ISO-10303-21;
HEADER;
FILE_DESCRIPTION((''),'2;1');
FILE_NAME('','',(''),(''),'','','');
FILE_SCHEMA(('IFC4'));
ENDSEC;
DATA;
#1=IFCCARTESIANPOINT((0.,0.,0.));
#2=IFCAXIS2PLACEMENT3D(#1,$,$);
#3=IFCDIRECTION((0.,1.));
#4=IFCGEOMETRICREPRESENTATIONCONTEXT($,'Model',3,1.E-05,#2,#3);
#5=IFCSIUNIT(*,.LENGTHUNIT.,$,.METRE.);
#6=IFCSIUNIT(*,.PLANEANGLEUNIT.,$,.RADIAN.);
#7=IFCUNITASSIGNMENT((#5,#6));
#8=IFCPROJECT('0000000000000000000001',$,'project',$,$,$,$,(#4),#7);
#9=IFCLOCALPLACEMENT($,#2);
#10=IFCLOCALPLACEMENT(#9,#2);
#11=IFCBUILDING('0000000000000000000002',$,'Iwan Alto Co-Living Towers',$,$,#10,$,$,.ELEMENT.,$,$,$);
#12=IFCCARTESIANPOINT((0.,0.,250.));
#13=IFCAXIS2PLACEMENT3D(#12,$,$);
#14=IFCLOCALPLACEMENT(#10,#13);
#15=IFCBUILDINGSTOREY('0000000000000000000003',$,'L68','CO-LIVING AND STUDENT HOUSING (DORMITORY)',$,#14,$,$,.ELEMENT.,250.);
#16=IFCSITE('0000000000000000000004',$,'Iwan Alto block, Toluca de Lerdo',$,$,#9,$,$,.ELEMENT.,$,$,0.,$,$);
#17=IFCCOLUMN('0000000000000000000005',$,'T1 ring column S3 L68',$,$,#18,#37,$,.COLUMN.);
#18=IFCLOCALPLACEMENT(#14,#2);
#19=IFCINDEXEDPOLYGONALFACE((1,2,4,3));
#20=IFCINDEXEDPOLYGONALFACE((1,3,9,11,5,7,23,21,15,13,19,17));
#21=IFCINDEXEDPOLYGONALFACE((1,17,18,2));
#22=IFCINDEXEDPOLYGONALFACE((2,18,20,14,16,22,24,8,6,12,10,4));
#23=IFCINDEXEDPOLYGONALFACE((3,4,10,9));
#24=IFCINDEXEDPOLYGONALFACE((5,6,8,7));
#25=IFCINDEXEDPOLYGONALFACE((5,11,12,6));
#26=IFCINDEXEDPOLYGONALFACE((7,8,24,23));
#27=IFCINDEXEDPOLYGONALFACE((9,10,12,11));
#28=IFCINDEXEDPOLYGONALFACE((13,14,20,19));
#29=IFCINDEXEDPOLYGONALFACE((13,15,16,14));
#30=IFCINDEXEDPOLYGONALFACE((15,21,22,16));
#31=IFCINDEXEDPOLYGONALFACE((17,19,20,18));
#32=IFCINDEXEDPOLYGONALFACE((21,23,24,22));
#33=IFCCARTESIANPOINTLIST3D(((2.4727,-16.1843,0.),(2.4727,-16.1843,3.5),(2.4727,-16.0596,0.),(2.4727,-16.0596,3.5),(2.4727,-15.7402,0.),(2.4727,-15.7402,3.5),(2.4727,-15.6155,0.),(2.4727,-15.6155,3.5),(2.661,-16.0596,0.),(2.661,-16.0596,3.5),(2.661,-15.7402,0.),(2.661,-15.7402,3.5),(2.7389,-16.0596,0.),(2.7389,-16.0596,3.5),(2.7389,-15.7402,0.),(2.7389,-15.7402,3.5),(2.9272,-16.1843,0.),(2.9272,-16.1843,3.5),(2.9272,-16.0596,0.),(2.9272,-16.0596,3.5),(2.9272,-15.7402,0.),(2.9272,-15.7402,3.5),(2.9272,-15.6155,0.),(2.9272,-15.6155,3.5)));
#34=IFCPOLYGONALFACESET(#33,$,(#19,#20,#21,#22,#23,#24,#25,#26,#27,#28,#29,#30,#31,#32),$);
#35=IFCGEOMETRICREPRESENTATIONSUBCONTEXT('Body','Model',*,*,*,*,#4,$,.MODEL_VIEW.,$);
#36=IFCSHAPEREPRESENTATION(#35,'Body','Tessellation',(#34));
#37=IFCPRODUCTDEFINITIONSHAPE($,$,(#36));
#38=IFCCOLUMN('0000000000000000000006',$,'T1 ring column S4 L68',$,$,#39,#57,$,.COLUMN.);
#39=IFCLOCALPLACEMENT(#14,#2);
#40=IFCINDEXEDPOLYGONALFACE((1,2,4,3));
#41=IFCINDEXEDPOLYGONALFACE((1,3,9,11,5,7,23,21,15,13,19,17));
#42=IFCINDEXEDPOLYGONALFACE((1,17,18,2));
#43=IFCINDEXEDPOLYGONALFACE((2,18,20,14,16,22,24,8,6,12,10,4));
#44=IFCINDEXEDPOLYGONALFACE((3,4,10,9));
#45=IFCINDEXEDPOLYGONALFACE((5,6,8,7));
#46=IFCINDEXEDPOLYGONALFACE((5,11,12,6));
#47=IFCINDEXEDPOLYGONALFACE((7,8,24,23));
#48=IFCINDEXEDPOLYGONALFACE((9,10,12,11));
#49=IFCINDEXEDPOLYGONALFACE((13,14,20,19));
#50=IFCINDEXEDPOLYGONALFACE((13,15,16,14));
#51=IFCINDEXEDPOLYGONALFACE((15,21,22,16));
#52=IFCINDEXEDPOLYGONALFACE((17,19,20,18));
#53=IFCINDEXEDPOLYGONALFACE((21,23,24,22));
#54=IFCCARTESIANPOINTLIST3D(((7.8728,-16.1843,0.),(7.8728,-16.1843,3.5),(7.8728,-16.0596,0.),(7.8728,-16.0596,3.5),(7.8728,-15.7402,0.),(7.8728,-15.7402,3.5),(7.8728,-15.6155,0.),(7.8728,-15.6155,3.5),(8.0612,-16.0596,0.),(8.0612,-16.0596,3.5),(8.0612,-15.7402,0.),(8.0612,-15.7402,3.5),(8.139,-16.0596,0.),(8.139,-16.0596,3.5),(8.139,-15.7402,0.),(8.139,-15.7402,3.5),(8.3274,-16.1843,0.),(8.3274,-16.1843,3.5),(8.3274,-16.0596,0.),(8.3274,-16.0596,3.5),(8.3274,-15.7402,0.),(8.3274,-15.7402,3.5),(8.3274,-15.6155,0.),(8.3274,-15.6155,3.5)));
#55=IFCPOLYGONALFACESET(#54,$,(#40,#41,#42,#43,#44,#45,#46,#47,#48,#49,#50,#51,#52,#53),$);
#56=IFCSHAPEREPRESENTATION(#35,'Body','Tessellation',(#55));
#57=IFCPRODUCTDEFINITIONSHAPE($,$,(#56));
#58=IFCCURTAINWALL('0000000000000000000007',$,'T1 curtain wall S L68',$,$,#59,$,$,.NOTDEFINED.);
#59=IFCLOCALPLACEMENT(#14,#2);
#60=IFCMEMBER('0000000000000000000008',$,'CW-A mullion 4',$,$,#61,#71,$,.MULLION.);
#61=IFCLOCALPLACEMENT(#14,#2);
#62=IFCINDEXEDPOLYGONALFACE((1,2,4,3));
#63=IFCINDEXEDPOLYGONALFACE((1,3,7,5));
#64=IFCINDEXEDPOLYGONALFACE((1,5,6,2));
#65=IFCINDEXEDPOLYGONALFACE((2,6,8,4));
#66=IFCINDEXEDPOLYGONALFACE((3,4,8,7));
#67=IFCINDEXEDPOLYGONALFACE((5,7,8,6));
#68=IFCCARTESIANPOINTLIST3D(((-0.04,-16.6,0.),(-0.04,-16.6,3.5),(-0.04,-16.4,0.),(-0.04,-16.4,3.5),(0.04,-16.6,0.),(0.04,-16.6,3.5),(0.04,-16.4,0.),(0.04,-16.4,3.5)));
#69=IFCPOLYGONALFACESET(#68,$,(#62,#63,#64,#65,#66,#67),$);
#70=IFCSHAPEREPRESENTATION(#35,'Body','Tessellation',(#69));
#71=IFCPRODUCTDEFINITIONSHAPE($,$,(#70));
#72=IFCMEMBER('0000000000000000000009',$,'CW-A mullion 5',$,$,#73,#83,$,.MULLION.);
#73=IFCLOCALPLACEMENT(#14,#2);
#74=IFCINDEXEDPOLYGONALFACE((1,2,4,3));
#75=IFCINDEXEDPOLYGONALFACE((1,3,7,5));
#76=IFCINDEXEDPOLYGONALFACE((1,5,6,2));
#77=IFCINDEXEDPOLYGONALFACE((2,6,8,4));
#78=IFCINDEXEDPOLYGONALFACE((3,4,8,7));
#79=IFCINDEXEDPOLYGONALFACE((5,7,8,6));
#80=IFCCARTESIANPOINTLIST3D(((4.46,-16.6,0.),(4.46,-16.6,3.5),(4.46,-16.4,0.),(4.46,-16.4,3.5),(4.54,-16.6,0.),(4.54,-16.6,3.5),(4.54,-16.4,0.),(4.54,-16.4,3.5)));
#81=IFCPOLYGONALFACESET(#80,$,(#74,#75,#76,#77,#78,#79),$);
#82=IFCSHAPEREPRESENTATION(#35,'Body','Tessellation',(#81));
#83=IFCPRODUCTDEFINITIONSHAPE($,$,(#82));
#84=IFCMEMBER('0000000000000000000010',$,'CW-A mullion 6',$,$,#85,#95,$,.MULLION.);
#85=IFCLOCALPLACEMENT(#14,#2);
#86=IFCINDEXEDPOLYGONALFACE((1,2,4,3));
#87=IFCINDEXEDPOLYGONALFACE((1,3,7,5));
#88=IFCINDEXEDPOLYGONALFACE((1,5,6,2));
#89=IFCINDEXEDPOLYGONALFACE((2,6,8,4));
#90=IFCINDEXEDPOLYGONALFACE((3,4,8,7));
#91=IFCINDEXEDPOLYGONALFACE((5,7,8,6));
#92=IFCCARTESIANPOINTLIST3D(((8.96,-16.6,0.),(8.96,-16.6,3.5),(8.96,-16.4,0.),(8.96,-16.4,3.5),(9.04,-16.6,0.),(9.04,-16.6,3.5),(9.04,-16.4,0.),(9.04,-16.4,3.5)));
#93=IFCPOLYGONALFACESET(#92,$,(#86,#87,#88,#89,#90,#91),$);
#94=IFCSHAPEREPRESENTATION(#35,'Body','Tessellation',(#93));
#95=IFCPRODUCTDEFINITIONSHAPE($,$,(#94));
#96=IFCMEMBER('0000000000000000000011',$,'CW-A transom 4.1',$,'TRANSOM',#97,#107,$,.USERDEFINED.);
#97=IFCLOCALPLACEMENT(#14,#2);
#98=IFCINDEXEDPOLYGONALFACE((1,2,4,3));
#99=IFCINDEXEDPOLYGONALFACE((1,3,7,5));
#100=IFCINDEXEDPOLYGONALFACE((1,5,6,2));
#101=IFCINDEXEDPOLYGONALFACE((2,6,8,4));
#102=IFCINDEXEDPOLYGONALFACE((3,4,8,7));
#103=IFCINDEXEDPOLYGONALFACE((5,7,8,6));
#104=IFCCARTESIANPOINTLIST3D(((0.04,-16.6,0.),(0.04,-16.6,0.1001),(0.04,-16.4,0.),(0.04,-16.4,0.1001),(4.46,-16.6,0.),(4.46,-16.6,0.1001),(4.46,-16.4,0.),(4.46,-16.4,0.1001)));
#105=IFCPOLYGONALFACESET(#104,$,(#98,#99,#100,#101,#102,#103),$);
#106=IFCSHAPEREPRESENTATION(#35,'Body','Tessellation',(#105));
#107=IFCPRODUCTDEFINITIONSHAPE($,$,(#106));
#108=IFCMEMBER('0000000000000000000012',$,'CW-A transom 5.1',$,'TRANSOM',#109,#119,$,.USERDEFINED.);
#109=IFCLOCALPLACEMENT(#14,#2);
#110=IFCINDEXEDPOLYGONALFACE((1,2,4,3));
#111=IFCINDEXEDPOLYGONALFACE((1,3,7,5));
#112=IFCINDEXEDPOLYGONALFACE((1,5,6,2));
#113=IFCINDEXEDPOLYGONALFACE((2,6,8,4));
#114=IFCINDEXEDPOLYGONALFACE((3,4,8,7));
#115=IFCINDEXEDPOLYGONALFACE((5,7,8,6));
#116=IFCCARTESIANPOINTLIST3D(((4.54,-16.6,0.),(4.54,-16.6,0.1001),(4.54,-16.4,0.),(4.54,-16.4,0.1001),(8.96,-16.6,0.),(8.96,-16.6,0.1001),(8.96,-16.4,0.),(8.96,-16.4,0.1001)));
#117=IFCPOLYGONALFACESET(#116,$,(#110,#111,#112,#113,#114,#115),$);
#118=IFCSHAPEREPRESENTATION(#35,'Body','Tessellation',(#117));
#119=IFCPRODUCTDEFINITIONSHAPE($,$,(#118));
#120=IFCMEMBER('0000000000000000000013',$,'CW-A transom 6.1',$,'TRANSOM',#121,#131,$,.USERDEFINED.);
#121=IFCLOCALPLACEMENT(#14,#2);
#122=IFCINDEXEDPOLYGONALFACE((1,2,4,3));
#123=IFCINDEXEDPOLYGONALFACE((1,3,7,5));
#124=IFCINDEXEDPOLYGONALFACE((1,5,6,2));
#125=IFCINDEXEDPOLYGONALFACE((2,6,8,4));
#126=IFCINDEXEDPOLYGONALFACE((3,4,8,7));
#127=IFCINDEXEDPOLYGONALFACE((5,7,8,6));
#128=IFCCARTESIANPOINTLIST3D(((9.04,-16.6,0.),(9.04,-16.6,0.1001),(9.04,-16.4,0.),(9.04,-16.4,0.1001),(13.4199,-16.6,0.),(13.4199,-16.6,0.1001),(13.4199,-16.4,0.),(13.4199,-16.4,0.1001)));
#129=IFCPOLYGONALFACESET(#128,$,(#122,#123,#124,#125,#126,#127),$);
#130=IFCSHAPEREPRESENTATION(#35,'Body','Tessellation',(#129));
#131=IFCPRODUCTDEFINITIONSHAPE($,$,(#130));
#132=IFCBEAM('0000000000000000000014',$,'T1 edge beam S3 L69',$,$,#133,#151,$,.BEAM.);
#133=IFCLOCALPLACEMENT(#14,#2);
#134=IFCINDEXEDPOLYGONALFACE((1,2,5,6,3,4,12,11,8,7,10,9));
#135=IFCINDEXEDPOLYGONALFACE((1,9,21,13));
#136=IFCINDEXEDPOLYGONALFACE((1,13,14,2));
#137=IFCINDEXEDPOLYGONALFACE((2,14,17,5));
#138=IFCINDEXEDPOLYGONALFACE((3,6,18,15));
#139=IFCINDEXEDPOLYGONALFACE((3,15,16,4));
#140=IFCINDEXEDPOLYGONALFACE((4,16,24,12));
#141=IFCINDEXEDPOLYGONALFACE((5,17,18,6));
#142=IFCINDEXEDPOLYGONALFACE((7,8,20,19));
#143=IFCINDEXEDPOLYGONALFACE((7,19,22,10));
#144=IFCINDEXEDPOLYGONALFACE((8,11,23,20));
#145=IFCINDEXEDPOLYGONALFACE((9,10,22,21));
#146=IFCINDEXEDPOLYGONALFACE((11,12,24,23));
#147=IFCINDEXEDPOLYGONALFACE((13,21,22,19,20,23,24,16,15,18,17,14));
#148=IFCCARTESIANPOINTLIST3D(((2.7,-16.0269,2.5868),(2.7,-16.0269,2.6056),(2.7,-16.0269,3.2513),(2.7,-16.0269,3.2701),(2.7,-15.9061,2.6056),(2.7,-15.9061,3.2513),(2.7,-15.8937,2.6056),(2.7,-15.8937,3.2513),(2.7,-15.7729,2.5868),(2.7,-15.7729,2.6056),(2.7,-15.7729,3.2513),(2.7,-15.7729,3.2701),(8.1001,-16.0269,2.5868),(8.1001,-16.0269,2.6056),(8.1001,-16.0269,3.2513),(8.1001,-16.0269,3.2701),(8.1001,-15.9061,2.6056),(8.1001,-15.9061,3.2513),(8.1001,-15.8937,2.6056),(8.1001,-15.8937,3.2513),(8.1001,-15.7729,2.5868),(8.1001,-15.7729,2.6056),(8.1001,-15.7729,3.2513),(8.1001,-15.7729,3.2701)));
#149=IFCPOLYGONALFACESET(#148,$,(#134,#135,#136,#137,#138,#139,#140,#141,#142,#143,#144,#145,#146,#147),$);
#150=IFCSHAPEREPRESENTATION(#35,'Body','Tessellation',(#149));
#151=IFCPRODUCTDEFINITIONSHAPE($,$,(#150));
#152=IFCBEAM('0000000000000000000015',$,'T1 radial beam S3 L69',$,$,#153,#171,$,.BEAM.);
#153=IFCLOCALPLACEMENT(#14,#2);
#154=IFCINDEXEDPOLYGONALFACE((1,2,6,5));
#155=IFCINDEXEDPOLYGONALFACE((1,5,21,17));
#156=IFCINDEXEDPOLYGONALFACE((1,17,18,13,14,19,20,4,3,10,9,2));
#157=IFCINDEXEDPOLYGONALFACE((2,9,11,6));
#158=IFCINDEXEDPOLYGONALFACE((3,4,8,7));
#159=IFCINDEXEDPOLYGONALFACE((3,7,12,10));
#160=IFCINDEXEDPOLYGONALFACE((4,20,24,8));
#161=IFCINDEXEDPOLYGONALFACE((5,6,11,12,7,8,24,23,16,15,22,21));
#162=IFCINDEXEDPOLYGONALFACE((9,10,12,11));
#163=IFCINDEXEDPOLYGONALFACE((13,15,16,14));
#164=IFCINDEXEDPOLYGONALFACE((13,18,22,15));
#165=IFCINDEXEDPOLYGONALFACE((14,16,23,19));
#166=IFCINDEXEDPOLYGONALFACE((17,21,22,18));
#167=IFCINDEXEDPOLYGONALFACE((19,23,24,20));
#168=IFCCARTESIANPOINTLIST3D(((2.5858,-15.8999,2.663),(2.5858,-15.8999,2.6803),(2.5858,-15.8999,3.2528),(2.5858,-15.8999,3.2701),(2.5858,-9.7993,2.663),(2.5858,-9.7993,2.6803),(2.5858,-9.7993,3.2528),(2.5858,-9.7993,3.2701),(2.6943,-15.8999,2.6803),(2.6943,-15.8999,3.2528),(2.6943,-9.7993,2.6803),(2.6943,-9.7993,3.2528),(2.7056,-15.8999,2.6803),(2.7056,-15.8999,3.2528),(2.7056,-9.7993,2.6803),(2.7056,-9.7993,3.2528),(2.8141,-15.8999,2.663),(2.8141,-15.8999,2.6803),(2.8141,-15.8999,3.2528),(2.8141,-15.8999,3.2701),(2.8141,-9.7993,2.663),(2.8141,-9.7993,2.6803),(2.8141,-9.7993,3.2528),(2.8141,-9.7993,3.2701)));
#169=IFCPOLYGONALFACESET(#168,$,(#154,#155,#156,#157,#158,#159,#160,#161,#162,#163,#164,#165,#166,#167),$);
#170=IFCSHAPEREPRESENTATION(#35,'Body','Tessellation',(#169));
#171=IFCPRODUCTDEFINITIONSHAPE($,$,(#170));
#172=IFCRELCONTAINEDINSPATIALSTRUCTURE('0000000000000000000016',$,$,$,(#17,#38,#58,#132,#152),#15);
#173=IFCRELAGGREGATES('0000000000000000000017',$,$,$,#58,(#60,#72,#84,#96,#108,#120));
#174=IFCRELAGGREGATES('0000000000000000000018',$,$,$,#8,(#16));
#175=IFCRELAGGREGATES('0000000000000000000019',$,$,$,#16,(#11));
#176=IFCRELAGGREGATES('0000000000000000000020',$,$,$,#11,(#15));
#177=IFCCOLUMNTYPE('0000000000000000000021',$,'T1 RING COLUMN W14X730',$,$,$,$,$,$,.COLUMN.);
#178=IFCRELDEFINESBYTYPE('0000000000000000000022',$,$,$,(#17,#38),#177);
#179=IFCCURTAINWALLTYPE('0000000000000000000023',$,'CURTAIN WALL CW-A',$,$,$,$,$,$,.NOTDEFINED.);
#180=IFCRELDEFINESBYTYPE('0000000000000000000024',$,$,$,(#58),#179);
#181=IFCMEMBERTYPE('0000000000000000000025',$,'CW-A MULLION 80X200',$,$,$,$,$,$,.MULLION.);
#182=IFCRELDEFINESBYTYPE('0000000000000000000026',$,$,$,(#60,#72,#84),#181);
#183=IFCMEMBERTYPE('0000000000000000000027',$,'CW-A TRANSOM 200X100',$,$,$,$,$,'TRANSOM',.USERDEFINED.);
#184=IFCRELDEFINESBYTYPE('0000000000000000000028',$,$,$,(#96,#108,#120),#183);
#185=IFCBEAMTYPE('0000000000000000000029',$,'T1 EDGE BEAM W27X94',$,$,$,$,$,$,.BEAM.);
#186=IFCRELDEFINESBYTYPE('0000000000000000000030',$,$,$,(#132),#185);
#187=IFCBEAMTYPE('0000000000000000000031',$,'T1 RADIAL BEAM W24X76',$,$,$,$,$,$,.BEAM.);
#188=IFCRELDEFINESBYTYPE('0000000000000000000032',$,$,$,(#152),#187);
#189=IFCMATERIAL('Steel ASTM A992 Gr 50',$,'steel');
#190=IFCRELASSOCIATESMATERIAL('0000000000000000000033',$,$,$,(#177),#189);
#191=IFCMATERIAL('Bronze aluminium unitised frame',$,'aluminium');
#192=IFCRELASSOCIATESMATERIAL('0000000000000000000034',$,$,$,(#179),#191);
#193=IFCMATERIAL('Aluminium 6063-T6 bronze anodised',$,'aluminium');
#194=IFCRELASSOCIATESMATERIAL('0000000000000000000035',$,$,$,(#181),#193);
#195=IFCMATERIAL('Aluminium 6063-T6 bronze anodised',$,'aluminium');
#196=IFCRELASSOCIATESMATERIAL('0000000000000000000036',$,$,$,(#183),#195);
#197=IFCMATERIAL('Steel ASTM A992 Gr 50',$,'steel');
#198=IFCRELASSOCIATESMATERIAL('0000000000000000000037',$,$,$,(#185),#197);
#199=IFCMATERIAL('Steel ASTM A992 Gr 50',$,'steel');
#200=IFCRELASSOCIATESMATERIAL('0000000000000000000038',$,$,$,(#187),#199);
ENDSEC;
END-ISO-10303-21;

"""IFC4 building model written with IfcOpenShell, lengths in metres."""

from ifc_helpers import new_model, si_unit, direction, frame, origin, origin_2d, place, context, subcontext, project, spatial, rectangle, i_section, extrude, material, material_profile, profile_set, type_object, element, aggregate, save


model = new_model("IFC4")

# Units and contexts
model_context = context("Model", 3, precision=1e-05, world=origin(), true_north=direction((0.0, 1.0)))
body_context = subcontext(model_context, "Body", "Model", "MODEL_VIEW")
ifc_project = project(units=[si_unit("LENGTHUNIT", "METRE"), si_unit("PLANEANGLEUNIT", "RADIAN")], contexts=[model_context])

# Site, building, storey
site_placement = place(None, origin())
site = spatial("IfcSite", under=ifc_project, at=site_placement, Name="Iwan Alto block, Toluca de Lerdo", CompositionType="ELEMENT", RefElevation=0.0)
building_placement = place(site_placement, origin())
building = spatial("IfcBuilding", under=site, at=building_placement, Name="Iwan Alto Co-Living Towers", CompositionType="ELEMENT")
storey_placement = place(building_placement, frame((0.0, 0.0, 250.0)))
storey = spatial("IfcBuildingStorey", under=building, at=storey_placement, Name="L68", Description="CO-LIVING AND STUDENT HOUSING (DORMITORY)", CompositionType="ELEMENT", Elevation=250.0)

# Columns
ifc_material_1 = material(Name="Steel ASTM A992 Gr 50", Category="steel")
ifc_material_profile_1 = material_profile(ifc_material_1, i_section(OverallWidth=0.4546, OverallDepth=0.5688, WebThickness=0.0779, FlangeThickness=0.1248, at=origin_2d()), Name="W14X730")
ifc_profile_set_1 = profile_set([ifc_material_profile_1], Name="Steel ASTM A992 Gr 50")
column_type = type_object("IfcColumnType", Name="T1 RING COLUMN W14X730", PredefinedType="COLUMN", material=ifc_profile_set_1)
for number, where, z_axis, x_axis, name in (
    (1, (2.7, -15.8999, 0.0), (0.0, 0.0, 1.0), (1.0, 0.0, 0.0), "T1 ring column S3 L68"),
    (2, (8.1001, -15.8999, 0.0), (0.0, 0.0, 1.0), (1.0, 0.0, 0.0), "T1 ring column S4 L68"),
):
    element("IfcColumn", number, at=place(storey_placement, frame(where, z_axis=z_axis, x_axis=x_axis)), inside=storey, type_object=column_type, Name=name, PredefinedType="COLUMN", context=body_context, shape_type="SweptSolid", body=[
        extrude(i_section(OverallWidth=0.4546, OverallDepth=0.5688, WebThickness=0.0779, FlangeThickness=0.1248, at=origin_2d()), origin(), (0.0, 0.0, 1.0), 3.5),
    ])

# Curtain wall, members
ifc_material_2 = material(Name="Bronze aluminium unitised frame", Category="aluminium")
curtain_wall_type = type_object("IfcCurtainWallType", Name="CURTAIN WALL CW-A", PredefinedType="NOTDEFINED", material=ifc_material_2)
curtain_wall_placement = place(storey_placement, origin())
curtain_wall = element("IfcCurtainWall", 3, at=curtain_wall_placement, inside=storey, type_object=curtain_wall_type, Name="T1 curtain wall S L68", PredefinedType="NOTDEFINED")
ifc_material_3 = material(Name="Aluminium 6063-T6 bronze anodised", Category="aluminium")
ifc_material_profile_2 = material_profile(ifc_material_3, rectangle(XDim=0.2, YDim=0.0801, at=origin_2d()), Name="AL 80X200")
ifc_profile_set_2 = profile_set([ifc_material_profile_2], Name="Aluminium 6063-T6 bronze anodised")
member_type_1 = type_object("IfcMemberType", Name="CW-A MULLION 80X200", PredefinedType="MULLION", material=ifc_profile_set_2)
member_1_placement = place(storey_placement, frame((0.0, -16.5, 0.0), z_axis=(0.0, 0.0, 1.0), x_axis=(0.0, 1.0, 0.0)))
member_1 = element("IfcMember", 4, at=member_1_placement, type_object=member_type_1, Name="CW-A mullion 4", PredefinedType="MULLION", context=body_context, shape_type="SweptSolid", body=[
    extrude(rectangle(XDim=0.2, YDim=0.0801, at=origin_2d()), origin(), (0.0, 0.0, 1.0), 3.5),
])
member_2_placement = place(storey_placement, frame((4.5, -16.5, 0.0), z_axis=(0.0, 0.0, 1.0), x_axis=(0.0, 1.0, 0.0)))
member_2 = element("IfcMember", 5, at=member_2_placement, type_object=member_type_1, Name="CW-A mullion 5", PredefinedType="MULLION", context=body_context, shape_type="SweptSolid", body=[
    extrude(rectangle(XDim=0.2, YDim=0.0801, at=origin_2d()), origin(), (0.0, 0.0, 1.0), 3.5),
])
member_3_placement = place(storey_placement, frame((9.0, -16.5, 0.0), z_axis=(0.0, 0.0, 1.0), x_axis=(0.0, 1.0, 0.0)))
member_3 = element("IfcMember", 6, at=member_3_placement, type_object=member_type_1, Name="CW-A mullion 6", PredefinedType="MULLION", context=body_context, shape_type="SweptSolid", body=[
    extrude(rectangle(XDim=0.2, YDim=0.0801, at=origin_2d()), origin(), (0.0, 0.0, 1.0), 3.5),
])
ifc_material_4 = material(Name="Aluminium 6063-T6 bronze anodised", Category="aluminium")
ifc_material_profile_3 = material_profile(ifc_material_4, rectangle(XDim=0.2, YDim=0.1001, at=origin_2d()), Name="AL 200X100")
ifc_profile_set_3 = profile_set([ifc_material_profile_3], Name="Aluminium 6063-T6 bronze anodised")
member_type_2 = type_object("IfcMemberType", Name="CW-A TRANSOM 200X100", ElementType="TRANSOM", PredefinedType="USERDEFINED", material=ifc_profile_set_3)
member_4_placement = place(storey_placement, frame((0.04, -16.5, 0.05), z_axis=(1.0, 0.0, 0.0), x_axis=(0.0, 1.0, 0.0)))
member_4 = element("IfcMember", 7, at=member_4_placement, type_object=member_type_2, Name="CW-A transom 4.1", ObjectType="TRANSOM", PredefinedType="USERDEFINED", context=body_context, shape_type="SweptSolid", body=[
    extrude(rectangle(XDim=0.2, YDim=0.1001, at=origin_2d()), origin(), (0.0, 0.0, 1.0), 4.4199),
])
member_5_placement = place(storey_placement, frame((4.54, -16.5, 0.05), z_axis=(1.0, 0.0, 0.0), x_axis=(0.0, 1.0, 0.0)))
member_5 = element("IfcMember", 8, at=member_5_placement, type_object=member_type_2, Name="CW-A transom 5.1", ObjectType="TRANSOM", PredefinedType="USERDEFINED", context=body_context, shape_type="SweptSolid", body=[
    extrude(rectangle(XDim=0.2, YDim=0.1001, at=origin_2d()), origin(), (0.0, 0.0, 1.0), 4.4199),
])
member_6_placement = place(storey_placement, frame((9.04, -16.5, 0.05), z_axis=(1.0, 0.0, 0.0), x_axis=(0.0, 1.0, 0.0)))
member_6 = element("IfcMember", 9, at=member_6_placement, type_object=member_type_2, Name="CW-A transom 6.1", ObjectType="TRANSOM", PredefinedType="USERDEFINED", context=body_context, shape_type="SweptSolid", body=[
    extrude(rectangle(XDim=0.2, YDim=0.1001, at=origin_2d()), origin(), (0.0, 0.0, 1.0), 4.3799),
])

# Beams
ifc_material_5 = material(Name="Steel ASTM A992 Gr 50", Category="steel")
ifc_material_profile_4 = material_profile(ifc_material_5, i_section(OverallWidth=0.2539, OverallDepth=0.6833, WebThickness=0.0125, FlangeThickness=0.0188, at=origin_2d()), Name="W27X94")
ifc_profile_set_4 = profile_set([ifc_material_profile_4], Name="Steel ASTM A992 Gr 50")
beam_type_1 = type_object("IfcBeamType", Name="T1 EDGE BEAM W27X94", PredefinedType="BEAM", material=ifc_profile_set_4)
beam_1_placement = place(storey_placement, frame((2.7, -15.8999, 2.9285), z_axis=(1.0, 0.0, 0.0), x_axis=(0.0, 1.0, 0.0)))
element("IfcBeam", 10, at=beam_1_placement, inside=storey, type_object=beam_type_1, Name="T1 edge beam S3 L69", PredefinedType="BEAM", context=body_context, shape_type="SweptSolid", body=[
    extrude(i_section(OverallWidth=0.2539, OverallDepth=0.6833, WebThickness=0.0125, FlangeThickness=0.0188, at=origin_2d()), origin(), (0.0, 0.0, 1.0), 5.4001),
])
ifc_material_6 = material(Name="Steel ASTM A992 Gr 50", Category="steel")
ifc_material_profile_5 = material_profile(ifc_material_6, i_section(OverallWidth=0.2283, OverallDepth=0.6072, WebThickness=0.0112, FlangeThickness=0.0173, at=origin_2d()), Name="W24X76")
ifc_profile_set_5 = profile_set([ifc_material_profile_5], Name="Steel ASTM A992 Gr 50")
beam_type_2 = type_object("IfcBeamType", Name="T1 RADIAL BEAM W24X76", PredefinedType="BEAM", material=ifc_profile_set_5)
beam_2_placement = place(storey_placement, frame((2.7, -15.8999, 2.9666), z_axis=(0.0, 1.0, 0.0), x_axis=(-1.0, 0.0, 0.0)))
element("IfcBeam", 11, at=beam_2_placement, inside=storey, type_object=beam_type_2, Name="T1 radial beam S3 L69", PredefinedType="BEAM", context=body_context, shape_type="SweptSolid", body=[
    extrude(i_section(OverallWidth=0.2283, OverallDepth=0.6072, WebThickness=0.0112, FlangeThickness=0.0173, at=origin_2d()), origin(), (0.0, 0.0, 1.0), 6.1006),
])

aggregate(curtain_wall, [member_1, member_2, member_3, member_4, member_5, member_6])

save(model, "model.ifc")
